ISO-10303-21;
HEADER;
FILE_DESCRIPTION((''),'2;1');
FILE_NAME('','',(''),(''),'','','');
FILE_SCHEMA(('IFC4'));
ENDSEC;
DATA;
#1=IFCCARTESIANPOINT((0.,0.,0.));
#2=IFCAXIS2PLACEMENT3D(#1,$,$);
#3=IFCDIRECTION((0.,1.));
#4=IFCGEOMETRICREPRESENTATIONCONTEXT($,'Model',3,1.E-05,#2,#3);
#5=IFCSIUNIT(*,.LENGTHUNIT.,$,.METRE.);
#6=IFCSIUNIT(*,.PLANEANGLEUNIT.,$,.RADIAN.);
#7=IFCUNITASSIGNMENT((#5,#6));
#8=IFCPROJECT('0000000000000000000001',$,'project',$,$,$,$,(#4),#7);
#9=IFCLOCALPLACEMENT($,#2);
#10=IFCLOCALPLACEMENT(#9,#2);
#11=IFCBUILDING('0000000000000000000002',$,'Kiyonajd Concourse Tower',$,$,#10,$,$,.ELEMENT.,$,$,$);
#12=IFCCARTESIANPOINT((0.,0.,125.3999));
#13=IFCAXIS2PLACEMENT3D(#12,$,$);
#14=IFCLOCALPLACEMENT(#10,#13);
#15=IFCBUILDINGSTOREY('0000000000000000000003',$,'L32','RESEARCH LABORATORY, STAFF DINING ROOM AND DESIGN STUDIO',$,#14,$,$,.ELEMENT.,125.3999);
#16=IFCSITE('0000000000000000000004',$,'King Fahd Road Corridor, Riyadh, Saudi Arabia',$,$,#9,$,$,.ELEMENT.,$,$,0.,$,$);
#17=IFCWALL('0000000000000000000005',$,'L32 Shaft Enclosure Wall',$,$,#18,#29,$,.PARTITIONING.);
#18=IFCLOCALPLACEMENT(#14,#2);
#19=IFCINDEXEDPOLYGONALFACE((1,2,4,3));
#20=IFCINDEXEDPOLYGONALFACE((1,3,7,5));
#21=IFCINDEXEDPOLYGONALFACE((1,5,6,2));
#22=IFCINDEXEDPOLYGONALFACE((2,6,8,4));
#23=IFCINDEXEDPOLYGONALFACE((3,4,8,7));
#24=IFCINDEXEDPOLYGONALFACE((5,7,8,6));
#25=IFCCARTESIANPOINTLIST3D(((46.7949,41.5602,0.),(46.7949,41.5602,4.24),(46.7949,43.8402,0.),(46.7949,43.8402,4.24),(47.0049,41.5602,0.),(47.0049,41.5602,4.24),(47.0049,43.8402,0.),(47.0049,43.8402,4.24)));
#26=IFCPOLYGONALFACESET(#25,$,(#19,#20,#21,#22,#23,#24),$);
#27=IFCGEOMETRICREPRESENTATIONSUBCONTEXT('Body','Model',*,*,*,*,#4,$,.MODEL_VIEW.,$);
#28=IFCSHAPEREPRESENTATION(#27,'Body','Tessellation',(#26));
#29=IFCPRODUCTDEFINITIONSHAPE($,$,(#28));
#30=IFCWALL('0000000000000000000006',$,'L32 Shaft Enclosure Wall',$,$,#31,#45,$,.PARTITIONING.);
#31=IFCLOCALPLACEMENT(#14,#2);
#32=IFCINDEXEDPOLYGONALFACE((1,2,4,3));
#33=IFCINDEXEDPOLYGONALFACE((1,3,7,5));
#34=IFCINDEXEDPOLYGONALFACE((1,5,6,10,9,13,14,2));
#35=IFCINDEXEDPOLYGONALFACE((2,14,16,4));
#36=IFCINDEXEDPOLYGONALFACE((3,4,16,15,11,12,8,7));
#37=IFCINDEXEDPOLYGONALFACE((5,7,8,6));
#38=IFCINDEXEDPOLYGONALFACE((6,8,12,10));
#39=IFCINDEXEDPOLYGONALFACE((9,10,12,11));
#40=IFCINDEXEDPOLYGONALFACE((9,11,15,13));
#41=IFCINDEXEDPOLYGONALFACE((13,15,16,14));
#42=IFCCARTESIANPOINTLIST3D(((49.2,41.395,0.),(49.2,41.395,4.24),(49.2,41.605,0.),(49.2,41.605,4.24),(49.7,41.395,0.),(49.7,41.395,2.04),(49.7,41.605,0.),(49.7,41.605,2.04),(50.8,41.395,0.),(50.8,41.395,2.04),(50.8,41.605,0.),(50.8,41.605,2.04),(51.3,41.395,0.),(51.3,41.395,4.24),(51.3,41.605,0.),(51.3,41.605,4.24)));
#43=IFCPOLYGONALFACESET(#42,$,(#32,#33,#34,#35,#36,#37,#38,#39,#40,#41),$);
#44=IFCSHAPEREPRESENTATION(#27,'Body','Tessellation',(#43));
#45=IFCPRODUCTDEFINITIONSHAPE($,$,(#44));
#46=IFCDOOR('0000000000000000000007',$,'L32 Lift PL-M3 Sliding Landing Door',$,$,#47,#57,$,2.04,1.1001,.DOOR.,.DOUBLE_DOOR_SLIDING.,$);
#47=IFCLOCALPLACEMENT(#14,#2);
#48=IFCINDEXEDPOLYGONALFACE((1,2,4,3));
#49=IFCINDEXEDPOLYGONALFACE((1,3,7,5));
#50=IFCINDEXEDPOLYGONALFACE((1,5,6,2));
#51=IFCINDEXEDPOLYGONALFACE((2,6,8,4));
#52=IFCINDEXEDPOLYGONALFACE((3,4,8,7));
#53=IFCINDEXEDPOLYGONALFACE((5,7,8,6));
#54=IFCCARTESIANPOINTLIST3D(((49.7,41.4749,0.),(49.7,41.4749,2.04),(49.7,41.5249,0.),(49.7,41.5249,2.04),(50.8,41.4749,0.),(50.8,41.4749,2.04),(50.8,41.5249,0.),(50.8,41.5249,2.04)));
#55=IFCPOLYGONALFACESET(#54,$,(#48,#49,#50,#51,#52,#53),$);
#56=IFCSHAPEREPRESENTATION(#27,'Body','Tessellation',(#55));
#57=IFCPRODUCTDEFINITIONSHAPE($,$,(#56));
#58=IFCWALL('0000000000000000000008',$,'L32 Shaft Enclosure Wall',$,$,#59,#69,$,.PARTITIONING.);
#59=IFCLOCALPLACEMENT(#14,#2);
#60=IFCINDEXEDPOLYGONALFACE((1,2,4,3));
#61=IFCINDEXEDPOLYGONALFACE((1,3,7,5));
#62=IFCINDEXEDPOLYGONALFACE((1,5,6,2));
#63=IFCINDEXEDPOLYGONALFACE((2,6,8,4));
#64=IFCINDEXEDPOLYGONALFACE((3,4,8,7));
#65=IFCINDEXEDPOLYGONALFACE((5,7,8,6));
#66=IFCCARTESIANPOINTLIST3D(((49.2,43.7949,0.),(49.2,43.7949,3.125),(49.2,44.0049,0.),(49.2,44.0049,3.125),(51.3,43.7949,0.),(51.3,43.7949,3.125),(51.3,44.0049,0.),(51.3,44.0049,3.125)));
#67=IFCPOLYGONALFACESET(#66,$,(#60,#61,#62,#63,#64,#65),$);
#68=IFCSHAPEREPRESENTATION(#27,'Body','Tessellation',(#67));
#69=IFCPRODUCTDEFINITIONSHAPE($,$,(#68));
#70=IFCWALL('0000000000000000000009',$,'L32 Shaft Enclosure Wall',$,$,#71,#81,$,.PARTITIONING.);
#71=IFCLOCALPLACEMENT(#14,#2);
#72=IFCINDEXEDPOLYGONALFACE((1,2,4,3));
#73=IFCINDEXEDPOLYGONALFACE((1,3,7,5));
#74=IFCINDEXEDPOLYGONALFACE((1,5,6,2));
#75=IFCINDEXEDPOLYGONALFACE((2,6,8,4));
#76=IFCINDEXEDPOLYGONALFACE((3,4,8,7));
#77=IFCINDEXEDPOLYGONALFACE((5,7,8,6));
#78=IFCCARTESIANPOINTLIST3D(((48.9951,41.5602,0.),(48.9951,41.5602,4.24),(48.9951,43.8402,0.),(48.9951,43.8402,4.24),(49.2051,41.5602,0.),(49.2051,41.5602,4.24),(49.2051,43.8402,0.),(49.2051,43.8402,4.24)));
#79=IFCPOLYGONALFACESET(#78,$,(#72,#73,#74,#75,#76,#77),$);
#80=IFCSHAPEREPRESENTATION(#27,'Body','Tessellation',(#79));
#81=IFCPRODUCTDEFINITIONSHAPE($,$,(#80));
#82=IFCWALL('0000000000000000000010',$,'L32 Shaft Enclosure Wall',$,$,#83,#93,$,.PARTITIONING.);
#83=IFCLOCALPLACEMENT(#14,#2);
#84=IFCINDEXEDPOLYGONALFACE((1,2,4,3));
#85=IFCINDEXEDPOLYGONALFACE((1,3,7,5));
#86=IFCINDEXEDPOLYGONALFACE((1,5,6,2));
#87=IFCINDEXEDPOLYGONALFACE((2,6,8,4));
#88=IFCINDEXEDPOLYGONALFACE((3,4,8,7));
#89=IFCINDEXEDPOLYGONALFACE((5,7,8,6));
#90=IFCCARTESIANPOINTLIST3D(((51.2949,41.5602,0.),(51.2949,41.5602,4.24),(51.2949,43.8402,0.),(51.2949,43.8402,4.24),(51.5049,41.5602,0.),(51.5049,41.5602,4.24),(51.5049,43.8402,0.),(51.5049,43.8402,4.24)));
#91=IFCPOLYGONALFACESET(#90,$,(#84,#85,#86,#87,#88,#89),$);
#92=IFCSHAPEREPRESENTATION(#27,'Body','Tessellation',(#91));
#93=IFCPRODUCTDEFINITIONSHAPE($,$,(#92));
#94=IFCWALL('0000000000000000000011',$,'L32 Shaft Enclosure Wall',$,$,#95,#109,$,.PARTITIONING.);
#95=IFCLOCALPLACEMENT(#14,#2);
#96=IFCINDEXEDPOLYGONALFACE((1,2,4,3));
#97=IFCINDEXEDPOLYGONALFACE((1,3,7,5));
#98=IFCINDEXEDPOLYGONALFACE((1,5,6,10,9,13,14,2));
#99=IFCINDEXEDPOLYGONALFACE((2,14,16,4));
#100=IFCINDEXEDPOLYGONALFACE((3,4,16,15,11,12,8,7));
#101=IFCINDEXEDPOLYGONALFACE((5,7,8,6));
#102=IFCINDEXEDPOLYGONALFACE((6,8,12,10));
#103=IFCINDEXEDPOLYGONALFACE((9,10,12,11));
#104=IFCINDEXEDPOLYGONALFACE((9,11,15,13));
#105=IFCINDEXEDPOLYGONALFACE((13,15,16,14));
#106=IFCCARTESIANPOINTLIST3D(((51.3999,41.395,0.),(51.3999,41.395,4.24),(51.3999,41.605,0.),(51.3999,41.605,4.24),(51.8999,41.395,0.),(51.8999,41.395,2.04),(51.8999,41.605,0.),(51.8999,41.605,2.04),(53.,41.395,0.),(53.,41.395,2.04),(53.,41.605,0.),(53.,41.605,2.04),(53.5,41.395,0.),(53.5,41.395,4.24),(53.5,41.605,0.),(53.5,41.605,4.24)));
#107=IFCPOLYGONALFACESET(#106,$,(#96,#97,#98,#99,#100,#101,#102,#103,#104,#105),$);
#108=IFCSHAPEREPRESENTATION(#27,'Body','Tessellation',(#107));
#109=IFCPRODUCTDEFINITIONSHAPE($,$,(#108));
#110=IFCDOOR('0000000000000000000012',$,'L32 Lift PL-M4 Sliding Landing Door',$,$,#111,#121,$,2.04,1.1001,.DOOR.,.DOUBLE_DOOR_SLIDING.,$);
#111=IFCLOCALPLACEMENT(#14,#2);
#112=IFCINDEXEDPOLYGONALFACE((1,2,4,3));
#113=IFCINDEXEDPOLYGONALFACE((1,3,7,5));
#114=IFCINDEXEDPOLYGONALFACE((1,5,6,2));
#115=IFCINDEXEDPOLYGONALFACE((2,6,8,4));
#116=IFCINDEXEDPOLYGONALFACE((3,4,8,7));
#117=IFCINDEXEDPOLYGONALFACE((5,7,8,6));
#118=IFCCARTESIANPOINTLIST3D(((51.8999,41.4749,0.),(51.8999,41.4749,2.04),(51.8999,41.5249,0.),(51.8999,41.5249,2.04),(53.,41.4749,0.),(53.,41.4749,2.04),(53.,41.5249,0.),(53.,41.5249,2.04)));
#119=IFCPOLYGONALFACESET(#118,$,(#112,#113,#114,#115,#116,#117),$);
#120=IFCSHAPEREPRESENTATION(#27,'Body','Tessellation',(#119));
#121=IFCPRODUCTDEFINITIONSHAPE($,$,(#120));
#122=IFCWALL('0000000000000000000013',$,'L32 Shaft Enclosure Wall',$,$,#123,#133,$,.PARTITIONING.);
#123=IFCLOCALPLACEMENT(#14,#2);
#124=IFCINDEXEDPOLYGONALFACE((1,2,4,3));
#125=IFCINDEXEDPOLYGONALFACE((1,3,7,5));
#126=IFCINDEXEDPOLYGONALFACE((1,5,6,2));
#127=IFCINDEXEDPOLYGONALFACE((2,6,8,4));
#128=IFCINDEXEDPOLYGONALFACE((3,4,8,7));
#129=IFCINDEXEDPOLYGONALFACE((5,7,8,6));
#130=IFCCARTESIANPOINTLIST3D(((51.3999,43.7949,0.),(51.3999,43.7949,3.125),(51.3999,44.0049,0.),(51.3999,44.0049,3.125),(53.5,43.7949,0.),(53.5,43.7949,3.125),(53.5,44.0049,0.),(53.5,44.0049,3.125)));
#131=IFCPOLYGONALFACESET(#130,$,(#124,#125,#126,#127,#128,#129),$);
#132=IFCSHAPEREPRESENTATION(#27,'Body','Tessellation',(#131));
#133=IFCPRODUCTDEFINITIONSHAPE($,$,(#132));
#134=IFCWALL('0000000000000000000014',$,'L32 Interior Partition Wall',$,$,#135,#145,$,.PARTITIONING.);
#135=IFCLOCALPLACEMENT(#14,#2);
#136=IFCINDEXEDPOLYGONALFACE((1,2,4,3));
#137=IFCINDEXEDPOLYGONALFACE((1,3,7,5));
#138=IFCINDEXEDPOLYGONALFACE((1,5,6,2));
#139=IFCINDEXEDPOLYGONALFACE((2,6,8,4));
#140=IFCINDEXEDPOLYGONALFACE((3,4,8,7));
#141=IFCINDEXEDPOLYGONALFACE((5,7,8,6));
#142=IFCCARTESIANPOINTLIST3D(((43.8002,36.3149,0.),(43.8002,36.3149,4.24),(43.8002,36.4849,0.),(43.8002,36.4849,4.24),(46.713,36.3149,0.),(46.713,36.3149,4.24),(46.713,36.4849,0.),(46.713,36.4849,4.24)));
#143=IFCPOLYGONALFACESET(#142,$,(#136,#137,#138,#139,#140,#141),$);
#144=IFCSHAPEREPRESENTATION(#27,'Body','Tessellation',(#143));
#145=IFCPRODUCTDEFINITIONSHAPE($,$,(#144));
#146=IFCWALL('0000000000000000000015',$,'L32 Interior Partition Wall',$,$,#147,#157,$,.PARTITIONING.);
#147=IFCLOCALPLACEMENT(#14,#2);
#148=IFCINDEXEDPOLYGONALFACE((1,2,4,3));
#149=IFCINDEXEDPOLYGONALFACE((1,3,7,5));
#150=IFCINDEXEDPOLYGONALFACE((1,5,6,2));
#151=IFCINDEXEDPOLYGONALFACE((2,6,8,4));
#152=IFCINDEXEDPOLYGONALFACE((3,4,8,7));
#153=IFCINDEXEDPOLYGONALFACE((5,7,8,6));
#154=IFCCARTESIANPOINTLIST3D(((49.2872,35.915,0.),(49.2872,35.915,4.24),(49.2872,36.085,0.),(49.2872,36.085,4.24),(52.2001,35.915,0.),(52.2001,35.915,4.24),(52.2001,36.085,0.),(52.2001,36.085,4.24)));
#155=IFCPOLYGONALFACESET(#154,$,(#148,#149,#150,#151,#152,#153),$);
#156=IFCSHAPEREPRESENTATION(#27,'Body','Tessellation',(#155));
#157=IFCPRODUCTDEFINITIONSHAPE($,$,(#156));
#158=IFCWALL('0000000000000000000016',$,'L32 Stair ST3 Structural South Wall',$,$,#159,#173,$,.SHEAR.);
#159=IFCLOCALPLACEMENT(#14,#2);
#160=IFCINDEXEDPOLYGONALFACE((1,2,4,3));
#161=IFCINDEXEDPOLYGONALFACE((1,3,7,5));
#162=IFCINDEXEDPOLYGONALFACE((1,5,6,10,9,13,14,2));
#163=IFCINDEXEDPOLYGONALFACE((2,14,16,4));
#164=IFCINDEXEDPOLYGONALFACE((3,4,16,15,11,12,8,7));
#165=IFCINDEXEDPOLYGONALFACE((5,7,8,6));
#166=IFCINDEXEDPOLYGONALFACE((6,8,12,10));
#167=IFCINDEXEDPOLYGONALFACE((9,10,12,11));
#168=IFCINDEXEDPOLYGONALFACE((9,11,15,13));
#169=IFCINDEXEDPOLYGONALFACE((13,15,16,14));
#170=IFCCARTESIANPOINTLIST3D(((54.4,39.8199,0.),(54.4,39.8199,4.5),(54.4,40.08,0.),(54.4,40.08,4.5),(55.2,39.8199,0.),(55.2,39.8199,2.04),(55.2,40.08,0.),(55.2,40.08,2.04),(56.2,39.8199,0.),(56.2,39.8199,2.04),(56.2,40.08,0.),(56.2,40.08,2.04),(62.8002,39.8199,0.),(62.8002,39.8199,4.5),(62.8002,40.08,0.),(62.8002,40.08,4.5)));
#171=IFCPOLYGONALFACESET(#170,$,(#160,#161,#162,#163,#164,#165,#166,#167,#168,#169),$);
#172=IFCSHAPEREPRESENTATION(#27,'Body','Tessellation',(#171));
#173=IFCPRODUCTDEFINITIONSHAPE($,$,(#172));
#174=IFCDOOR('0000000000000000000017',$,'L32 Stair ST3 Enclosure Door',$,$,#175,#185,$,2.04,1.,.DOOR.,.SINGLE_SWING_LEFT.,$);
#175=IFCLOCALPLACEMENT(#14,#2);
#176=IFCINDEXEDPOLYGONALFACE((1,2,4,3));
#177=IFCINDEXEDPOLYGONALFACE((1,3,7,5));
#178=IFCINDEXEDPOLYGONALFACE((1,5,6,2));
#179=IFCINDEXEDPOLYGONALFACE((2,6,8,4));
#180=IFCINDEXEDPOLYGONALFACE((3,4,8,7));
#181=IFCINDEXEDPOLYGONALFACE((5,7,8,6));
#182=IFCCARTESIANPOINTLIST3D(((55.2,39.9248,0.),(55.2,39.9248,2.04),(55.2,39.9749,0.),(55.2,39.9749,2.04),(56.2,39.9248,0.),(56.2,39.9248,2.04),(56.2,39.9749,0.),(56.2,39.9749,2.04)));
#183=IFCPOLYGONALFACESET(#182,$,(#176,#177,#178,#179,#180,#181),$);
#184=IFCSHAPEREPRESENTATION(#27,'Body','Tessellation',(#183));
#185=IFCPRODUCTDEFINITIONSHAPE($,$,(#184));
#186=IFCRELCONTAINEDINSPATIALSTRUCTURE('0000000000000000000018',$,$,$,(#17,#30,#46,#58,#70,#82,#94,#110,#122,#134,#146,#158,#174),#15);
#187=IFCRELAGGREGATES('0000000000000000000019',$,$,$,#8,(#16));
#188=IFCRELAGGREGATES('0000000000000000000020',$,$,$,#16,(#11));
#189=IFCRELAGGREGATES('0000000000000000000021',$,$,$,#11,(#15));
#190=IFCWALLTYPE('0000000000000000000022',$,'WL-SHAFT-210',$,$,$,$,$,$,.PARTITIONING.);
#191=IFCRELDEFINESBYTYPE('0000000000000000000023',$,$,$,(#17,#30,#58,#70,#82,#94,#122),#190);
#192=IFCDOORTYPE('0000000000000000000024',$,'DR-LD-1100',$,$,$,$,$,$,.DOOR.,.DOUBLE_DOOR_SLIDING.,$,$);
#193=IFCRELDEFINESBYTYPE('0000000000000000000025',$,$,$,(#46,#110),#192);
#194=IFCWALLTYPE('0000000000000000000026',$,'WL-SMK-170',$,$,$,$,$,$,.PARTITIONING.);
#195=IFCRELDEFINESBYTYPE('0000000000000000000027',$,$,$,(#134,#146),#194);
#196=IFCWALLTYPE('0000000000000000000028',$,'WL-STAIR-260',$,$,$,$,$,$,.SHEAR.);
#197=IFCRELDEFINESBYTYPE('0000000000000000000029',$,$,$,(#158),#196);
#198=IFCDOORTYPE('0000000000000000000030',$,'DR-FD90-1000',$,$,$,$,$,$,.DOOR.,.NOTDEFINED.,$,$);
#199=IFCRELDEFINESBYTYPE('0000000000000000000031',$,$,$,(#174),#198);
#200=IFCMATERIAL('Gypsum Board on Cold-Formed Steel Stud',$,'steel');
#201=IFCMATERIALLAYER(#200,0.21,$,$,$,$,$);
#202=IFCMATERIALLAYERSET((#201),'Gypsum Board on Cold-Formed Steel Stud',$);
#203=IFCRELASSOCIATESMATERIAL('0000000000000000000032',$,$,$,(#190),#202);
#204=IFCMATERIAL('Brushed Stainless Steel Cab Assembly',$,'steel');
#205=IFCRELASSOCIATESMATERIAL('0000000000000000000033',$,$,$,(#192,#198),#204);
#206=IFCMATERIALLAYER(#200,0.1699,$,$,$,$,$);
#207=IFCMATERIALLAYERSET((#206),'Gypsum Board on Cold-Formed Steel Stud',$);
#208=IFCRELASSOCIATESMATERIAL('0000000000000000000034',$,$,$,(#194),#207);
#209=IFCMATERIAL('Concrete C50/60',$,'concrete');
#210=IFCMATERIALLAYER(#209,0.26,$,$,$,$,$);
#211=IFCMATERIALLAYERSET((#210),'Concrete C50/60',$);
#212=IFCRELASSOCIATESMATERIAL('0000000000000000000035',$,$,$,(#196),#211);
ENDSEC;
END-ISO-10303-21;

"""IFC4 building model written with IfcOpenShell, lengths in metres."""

from ifc_helpers import new_model, si_unit, direction, frame, frame_2d, origin, place, context, subcontext, project, spatial, rectangle, extrude, material, layer, layer_set, type_object, element, fill, save


model = new_model("IFC4")

# Units and contexts
model_context = context("Model", 3, precision=1e-05, world=origin(), true_north=direction((0.0, 1.0)))
body_context = subcontext(model_context, "Body", "Model", "MODEL_VIEW")
ifc_project = project(units=[si_unit("LENGTHUNIT", "METRE"), si_unit("PLANEANGLEUNIT", "RADIAN")], contexts=[model_context])

# Site, building, storey
site_placement = place(None, origin())
site = spatial("IfcSite", under=ifc_project, at=site_placement, Name="King Fahd Road Corridor, Riyadh, Saudi Arabia", CompositionType="ELEMENT", RefElevation=0.0)
building_placement = place(site_placement, origin())
building = spatial("IfcBuilding", under=site, at=building_placement, Name="Kiyonajd Concourse Tower", CompositionType="ELEMENT")
storey_placement = place(building_placement, frame((0.0, 0.0, 125.3999)))
storey = spatial("IfcBuildingStorey", under=building, at=storey_placement, Name="L32", Description="RESEARCH LABORATORY, STAFF DINING ROOM AND DESIGN STUDIO", CompositionType="ELEMENT", Elevation=125.3999)

# Shared definitions
ifc_material_1 = material(Name="Concrete C50/60", Category="concrete")

# Shared definitions
ifc_material_2 = material(Name="Gypsum Board on Cold-Formed Steel Stud", Category="steel")
ifc_layer_1 = layer(ifc_material_2, 0.21)
ifc_layer_set_1 = layer_set([ifc_layer_1], Name="Gypsum Board on Cold-Formed Steel Stud")
wall_type_1 = type_object("IfcWallType", Name="WL-SHAFT-210", PredefinedType="PARTITIONING", material=ifc_layer_set_1)

# Shared definitions
ifc_material_3 = material(Name="Brushed Stainless Steel Cab Assembly", Category="steel")
door_type_1 = type_object("IfcDoorType", Name="DR-LD-1100", OperationType="DOUBLE_DOOR_SLIDING", PredefinedType="DOOR", material=ifc_material_3)

# Wall
wall_1_placement = place(storey_placement, frame((46.8999, 41.5601, 0.0), z_axis=(0.0, 0.0, 1.0), x_axis=(0.0, 1.0, 0.0)))
element("IfcWall", 1, at=wall_1_placement, inside=storey, type_object=wall_type_1, Name="L32 Shaft Enclosure Wall", PredefinedType="PARTITIONING", context=body_context, shape_type="SweptSolid", body=[
    extrude(rectangle(XDim=2.28, YDim=0.21, at=frame_2d((1.1401, 0.0))), origin(), (0.0, 0.0, 1.0), 4.24),
])

# Wall, opening, door
wall_2_placement = place(storey_placement, frame((49.2, 41.5, 0.0), z_axis=(0.0, 0.0, 1.0), x_axis=(1.0, 0.0, 0.0)))
wall_2 = element("IfcWall", 2, at=wall_2_placement, inside=storey, type_object=wall_type_1, Name="L32 Shaft Enclosure Wall", PredefinedType="PARTITIONING", context=body_context, shape_type="SweptSolid", body=[
    extrude(rectangle(XDim=2.1001, YDim=0.21, at=frame_2d((1.05, 0.0))), origin(), (0.0, 0.0, 1.0), 4.24),
])
opening_1_placement = place(wall_2_placement, frame((0.5, 0.0, 0.0)))
opening_1 = element("IfcOpeningElement", 3, at=opening_1_placement, cuts=wall_2, PredefinedType="OPENING", context=body_context, shape_type="SweptSolid", body=[
    extrude(rectangle(XDim=1.1001, YDim=2.04, at=frame_2d((0.55, 1.02))), frame((0.0, 0.115, 0.0), z_axis=(0.0, -1.0, 0.0), x_axis=(1.0, 0.0, 0.0)), (0.0, 0.0, 1.0), 0.23),
])
door_1_placement = place(opening_1_placement, origin())
door_1 = element("IfcDoor", 4, at=door_1_placement, inside=storey, type_object=door_type_1, Name="L32 Lift PL-M3 Sliding Landing Door", OperationType="DOUBLE_DOOR_SLIDING", OverallHeight=2.04, OverallWidth=1.1001, PredefinedType="DOOR", context=body_context, shape_type="SweptSolid", body=[
    extrude(rectangle(XDim=1.1001, YDim=2.04, at=frame_2d((0.55, 1.02))), frame((0.0, 0.0249, 0.0), z_axis=(0.0, -1.0, 0.0), x_axis=(1.0, 0.0, 0.0)), (0.0, 0.0, 1.0), 0.05),
])
fill(opening_1, door_1)

# Walls
wall_3_placement = place(storey_placement, frame((49.2, 43.8999, 0.0), z_axis=(0.0, 0.0, 1.0), x_axis=(1.0, 0.0, 0.0)))
element("IfcWall", 5, at=wall_3_placement, inside=storey, type_object=wall_type_1, Name="L32 Shaft Enclosure Wall", PredefinedType="PARTITIONING", context=body_context, shape_type="SweptSolid", body=[
    extrude(rectangle(XDim=2.1001, YDim=0.21, at=frame_2d((1.05, 0.0))), origin(), (0.0, 0.0, 1.0), 3.125),
])
for number, where, z_axis, x_axis, name in (
    (6, (49.1001, 41.5601, 0.0), (0.0, 0.0, 1.0), (0.0, 1.0, 0.0), "L32 Shaft Enclosure Wall"),
    (7, (51.3999, 41.5601, 0.0), (0.0, 0.0, 1.0), (0.0, 1.0, 0.0), "L32 Shaft Enclosure Wall"),
):
    element("IfcWall", number, at=place(storey_placement, frame(where, z_axis=z_axis, x_axis=x_axis)), inside=storey, type_object=wall_type_1, Name=name, PredefinedType="PARTITIONING", context=body_context, shape_type="SweptSolid", body=[
        extrude(rectangle(XDim=2.28, YDim=0.21, at=frame_2d((1.1401, 0.0))), origin(), (0.0, 0.0, 1.0), 4.24),
    ])

# Wall, opening, door
wall_4_placement = place(storey_placement, frame((51.3999, 41.5, 0.0), z_axis=(0.0, 0.0, 1.0), x_axis=(1.0, 0.0, 0.0)))
wall_4 = element("IfcWall", 8, at=wall_4_placement, inside=storey, type_object=wall_type_1, Name="L32 Shaft Enclosure Wall", PredefinedType="PARTITIONING", context=body_context, shape_type="SweptSolid", body=[
    extrude(rectangle(XDim=2.1001, YDim=0.21, at=frame_2d((1.05, 0.0))), origin(), (0.0, 0.0, 1.0), 4.24),
])
opening_2_placement = place(wall_4_placement, frame((0.5, 0.0, 0.0)))
opening_2 = element("IfcOpeningElement", 9, at=opening_2_placement, cuts=wall_4, PredefinedType="OPENING", context=body_context, shape_type="SweptSolid", body=[
    extrude(rectangle(XDim=1.1001, YDim=2.04, at=frame_2d((0.55, 1.02))), frame((0.0, 0.115, 0.0), z_axis=(0.0, -1.0, 0.0), x_axis=(1.0, 0.0, 0.0)), (0.0, 0.0, 1.0), 0.23),
])
door_2_placement = place(opening_2_placement, origin())
door_2 = element("IfcDoor", 10, at=door_2_placement, inside=storey, type_object=door_type_1, Name="L32 Lift PL-M4 Sliding Landing Door", OperationType="DOUBLE_DOOR_SLIDING", OverallHeight=2.04, OverallWidth=1.1001, PredefinedType="DOOR", context=body_context, shape_type="SweptSolid", body=[
    extrude(rectangle(XDim=1.1001, YDim=2.04, at=frame_2d((0.55, 1.02))), frame((0.0, 0.0249, 0.0), z_axis=(0.0, -1.0, 0.0), x_axis=(1.0, 0.0, 0.0)), (0.0, 0.0, 1.0), 0.05),
])
fill(opening_2, door_2)

# Walls
wall_5_placement = place(storey_placement, frame((51.3999, 43.8999, 0.0), z_axis=(0.0, 0.0, 1.0), x_axis=(1.0, 0.0, 0.0)))
element("IfcWall", 11, at=wall_5_placement, inside=storey, type_object=wall_type_1, Name="L32 Shaft Enclosure Wall", PredefinedType="PARTITIONING", context=body_context, shape_type="SweptSolid", body=[
    extrude(rectangle(XDim=2.1001, YDim=0.21, at=frame_2d((1.05, 0.0))), origin(), (0.0, 0.0, 1.0), 3.125),
])
ifc_layer_2 = layer(ifc_material_2, 0.1699)
ifc_layer_set_2 = layer_set([ifc_layer_2], Name="Gypsum Board on Cold-Formed Steel Stud")
wall_type_2 = type_object("IfcWallType", Name="WL-SMK-170", PredefinedType="PARTITIONING", material=ifc_layer_set_2)
for number, where, z_axis, x_axis, name in (
    (12, (43.8, 36.3999, 0.0), (0.0, 0.0, 1.0), (1.0, 0.0, 0.0), "L32 Interior Partition Wall"),
    (13, (49.2871, 36.0, 0.0), (0.0, 0.0, 1.0), (1.0, 0.0, 0.0), "L32 Interior Partition Wall"),
):
    element("IfcWall", number, at=place(storey_placement, frame(where, z_axis=z_axis, x_axis=x_axis)), inside=storey, type_object=wall_type_2, Name=name, PredefinedType="PARTITIONING", context=body_context, shape_type="SweptSolid", body=[
        extrude(rectangle(XDim=2.9128, YDim=0.1699, at=frame_2d((1.4565, 0.0))), origin(), (0.0, 0.0, 1.0), 4.24),
    ])

# Wall, opening, door
ifc_layer_3 = layer(ifc_material_1, 0.26)
ifc_layer_set_3 = layer_set([ifc_layer_3], Name="Concrete C50/60")
wall_type_3 = type_object("IfcWallType", Name="WL-STAIR-260", PredefinedType="SHEAR", material=ifc_layer_set_3)
wall_6_placement = place(storey_placement, frame((54.3999, 39.95, 0.0), z_axis=(0.0, 0.0, 1.0), x_axis=(1.0, 0.0, 0.0)))
wall_6 = element("IfcWall", 14, at=wall_6_placement, inside=storey, type_object=wall_type_3, Name="L32 Stair ST3 Structural South Wall", PredefinedType="SHEAR", context=body_context, shape_type="SweptSolid", body=[
    extrude(rectangle(XDim=8.4001, YDim=0.26, at=frame_2d((4.2002, 0.0))), origin(), (0.0, 0.0, 1.0), 4.5),
])
opening_3_placement = place(wall_6_placement, frame((0.8, 0.0, 0.0)))
opening_3 = element("IfcOpeningElement", 15, at=opening_3_placement, cuts=wall_6, PredefinedType="OPENING", context=body_context, shape_type="SweptSolid", body=[
    extrude(rectangle(XDim=1.0, YDim=2.04, at=frame_2d((0.5, 1.02))), frame((0.0, 0.1399, 0.0), z_axis=(0.0, -1.0, 0.0), x_axis=(1.0, 0.0, 0.0)), (0.0, 0.0, 1.0), 0.28),
])
door_type_2 = type_object("IfcDoorType", Name="DR-FD90-1000", OperationType="NOTDEFINED", PredefinedType="DOOR", material=ifc_material_3)
door_3_placement = place(opening_3_placement, origin())
door_3 = element("IfcDoor", 16, at=door_3_placement, inside=storey, type_object=door_type_2, Name="L32 Stair ST3 Enclosure Door", OperationType="SINGLE_SWING_LEFT", OverallHeight=2.04, OverallWidth=1.0, PredefinedType="DOOR", context=body_context, shape_type="SweptSolid", body=[
    extrude(rectangle(XDim=1.0, YDim=2.04, at=frame_2d((0.5, 1.02))), frame((0.0, 0.0249, 0.0), z_axis=(0.0, -1.0, 0.0), x_axis=(1.0, 0.0, 0.0)), (0.0, 0.0, 1.0), 0.05),
])
fill(opening_3, door_3)

save(model, "model.ifc")
